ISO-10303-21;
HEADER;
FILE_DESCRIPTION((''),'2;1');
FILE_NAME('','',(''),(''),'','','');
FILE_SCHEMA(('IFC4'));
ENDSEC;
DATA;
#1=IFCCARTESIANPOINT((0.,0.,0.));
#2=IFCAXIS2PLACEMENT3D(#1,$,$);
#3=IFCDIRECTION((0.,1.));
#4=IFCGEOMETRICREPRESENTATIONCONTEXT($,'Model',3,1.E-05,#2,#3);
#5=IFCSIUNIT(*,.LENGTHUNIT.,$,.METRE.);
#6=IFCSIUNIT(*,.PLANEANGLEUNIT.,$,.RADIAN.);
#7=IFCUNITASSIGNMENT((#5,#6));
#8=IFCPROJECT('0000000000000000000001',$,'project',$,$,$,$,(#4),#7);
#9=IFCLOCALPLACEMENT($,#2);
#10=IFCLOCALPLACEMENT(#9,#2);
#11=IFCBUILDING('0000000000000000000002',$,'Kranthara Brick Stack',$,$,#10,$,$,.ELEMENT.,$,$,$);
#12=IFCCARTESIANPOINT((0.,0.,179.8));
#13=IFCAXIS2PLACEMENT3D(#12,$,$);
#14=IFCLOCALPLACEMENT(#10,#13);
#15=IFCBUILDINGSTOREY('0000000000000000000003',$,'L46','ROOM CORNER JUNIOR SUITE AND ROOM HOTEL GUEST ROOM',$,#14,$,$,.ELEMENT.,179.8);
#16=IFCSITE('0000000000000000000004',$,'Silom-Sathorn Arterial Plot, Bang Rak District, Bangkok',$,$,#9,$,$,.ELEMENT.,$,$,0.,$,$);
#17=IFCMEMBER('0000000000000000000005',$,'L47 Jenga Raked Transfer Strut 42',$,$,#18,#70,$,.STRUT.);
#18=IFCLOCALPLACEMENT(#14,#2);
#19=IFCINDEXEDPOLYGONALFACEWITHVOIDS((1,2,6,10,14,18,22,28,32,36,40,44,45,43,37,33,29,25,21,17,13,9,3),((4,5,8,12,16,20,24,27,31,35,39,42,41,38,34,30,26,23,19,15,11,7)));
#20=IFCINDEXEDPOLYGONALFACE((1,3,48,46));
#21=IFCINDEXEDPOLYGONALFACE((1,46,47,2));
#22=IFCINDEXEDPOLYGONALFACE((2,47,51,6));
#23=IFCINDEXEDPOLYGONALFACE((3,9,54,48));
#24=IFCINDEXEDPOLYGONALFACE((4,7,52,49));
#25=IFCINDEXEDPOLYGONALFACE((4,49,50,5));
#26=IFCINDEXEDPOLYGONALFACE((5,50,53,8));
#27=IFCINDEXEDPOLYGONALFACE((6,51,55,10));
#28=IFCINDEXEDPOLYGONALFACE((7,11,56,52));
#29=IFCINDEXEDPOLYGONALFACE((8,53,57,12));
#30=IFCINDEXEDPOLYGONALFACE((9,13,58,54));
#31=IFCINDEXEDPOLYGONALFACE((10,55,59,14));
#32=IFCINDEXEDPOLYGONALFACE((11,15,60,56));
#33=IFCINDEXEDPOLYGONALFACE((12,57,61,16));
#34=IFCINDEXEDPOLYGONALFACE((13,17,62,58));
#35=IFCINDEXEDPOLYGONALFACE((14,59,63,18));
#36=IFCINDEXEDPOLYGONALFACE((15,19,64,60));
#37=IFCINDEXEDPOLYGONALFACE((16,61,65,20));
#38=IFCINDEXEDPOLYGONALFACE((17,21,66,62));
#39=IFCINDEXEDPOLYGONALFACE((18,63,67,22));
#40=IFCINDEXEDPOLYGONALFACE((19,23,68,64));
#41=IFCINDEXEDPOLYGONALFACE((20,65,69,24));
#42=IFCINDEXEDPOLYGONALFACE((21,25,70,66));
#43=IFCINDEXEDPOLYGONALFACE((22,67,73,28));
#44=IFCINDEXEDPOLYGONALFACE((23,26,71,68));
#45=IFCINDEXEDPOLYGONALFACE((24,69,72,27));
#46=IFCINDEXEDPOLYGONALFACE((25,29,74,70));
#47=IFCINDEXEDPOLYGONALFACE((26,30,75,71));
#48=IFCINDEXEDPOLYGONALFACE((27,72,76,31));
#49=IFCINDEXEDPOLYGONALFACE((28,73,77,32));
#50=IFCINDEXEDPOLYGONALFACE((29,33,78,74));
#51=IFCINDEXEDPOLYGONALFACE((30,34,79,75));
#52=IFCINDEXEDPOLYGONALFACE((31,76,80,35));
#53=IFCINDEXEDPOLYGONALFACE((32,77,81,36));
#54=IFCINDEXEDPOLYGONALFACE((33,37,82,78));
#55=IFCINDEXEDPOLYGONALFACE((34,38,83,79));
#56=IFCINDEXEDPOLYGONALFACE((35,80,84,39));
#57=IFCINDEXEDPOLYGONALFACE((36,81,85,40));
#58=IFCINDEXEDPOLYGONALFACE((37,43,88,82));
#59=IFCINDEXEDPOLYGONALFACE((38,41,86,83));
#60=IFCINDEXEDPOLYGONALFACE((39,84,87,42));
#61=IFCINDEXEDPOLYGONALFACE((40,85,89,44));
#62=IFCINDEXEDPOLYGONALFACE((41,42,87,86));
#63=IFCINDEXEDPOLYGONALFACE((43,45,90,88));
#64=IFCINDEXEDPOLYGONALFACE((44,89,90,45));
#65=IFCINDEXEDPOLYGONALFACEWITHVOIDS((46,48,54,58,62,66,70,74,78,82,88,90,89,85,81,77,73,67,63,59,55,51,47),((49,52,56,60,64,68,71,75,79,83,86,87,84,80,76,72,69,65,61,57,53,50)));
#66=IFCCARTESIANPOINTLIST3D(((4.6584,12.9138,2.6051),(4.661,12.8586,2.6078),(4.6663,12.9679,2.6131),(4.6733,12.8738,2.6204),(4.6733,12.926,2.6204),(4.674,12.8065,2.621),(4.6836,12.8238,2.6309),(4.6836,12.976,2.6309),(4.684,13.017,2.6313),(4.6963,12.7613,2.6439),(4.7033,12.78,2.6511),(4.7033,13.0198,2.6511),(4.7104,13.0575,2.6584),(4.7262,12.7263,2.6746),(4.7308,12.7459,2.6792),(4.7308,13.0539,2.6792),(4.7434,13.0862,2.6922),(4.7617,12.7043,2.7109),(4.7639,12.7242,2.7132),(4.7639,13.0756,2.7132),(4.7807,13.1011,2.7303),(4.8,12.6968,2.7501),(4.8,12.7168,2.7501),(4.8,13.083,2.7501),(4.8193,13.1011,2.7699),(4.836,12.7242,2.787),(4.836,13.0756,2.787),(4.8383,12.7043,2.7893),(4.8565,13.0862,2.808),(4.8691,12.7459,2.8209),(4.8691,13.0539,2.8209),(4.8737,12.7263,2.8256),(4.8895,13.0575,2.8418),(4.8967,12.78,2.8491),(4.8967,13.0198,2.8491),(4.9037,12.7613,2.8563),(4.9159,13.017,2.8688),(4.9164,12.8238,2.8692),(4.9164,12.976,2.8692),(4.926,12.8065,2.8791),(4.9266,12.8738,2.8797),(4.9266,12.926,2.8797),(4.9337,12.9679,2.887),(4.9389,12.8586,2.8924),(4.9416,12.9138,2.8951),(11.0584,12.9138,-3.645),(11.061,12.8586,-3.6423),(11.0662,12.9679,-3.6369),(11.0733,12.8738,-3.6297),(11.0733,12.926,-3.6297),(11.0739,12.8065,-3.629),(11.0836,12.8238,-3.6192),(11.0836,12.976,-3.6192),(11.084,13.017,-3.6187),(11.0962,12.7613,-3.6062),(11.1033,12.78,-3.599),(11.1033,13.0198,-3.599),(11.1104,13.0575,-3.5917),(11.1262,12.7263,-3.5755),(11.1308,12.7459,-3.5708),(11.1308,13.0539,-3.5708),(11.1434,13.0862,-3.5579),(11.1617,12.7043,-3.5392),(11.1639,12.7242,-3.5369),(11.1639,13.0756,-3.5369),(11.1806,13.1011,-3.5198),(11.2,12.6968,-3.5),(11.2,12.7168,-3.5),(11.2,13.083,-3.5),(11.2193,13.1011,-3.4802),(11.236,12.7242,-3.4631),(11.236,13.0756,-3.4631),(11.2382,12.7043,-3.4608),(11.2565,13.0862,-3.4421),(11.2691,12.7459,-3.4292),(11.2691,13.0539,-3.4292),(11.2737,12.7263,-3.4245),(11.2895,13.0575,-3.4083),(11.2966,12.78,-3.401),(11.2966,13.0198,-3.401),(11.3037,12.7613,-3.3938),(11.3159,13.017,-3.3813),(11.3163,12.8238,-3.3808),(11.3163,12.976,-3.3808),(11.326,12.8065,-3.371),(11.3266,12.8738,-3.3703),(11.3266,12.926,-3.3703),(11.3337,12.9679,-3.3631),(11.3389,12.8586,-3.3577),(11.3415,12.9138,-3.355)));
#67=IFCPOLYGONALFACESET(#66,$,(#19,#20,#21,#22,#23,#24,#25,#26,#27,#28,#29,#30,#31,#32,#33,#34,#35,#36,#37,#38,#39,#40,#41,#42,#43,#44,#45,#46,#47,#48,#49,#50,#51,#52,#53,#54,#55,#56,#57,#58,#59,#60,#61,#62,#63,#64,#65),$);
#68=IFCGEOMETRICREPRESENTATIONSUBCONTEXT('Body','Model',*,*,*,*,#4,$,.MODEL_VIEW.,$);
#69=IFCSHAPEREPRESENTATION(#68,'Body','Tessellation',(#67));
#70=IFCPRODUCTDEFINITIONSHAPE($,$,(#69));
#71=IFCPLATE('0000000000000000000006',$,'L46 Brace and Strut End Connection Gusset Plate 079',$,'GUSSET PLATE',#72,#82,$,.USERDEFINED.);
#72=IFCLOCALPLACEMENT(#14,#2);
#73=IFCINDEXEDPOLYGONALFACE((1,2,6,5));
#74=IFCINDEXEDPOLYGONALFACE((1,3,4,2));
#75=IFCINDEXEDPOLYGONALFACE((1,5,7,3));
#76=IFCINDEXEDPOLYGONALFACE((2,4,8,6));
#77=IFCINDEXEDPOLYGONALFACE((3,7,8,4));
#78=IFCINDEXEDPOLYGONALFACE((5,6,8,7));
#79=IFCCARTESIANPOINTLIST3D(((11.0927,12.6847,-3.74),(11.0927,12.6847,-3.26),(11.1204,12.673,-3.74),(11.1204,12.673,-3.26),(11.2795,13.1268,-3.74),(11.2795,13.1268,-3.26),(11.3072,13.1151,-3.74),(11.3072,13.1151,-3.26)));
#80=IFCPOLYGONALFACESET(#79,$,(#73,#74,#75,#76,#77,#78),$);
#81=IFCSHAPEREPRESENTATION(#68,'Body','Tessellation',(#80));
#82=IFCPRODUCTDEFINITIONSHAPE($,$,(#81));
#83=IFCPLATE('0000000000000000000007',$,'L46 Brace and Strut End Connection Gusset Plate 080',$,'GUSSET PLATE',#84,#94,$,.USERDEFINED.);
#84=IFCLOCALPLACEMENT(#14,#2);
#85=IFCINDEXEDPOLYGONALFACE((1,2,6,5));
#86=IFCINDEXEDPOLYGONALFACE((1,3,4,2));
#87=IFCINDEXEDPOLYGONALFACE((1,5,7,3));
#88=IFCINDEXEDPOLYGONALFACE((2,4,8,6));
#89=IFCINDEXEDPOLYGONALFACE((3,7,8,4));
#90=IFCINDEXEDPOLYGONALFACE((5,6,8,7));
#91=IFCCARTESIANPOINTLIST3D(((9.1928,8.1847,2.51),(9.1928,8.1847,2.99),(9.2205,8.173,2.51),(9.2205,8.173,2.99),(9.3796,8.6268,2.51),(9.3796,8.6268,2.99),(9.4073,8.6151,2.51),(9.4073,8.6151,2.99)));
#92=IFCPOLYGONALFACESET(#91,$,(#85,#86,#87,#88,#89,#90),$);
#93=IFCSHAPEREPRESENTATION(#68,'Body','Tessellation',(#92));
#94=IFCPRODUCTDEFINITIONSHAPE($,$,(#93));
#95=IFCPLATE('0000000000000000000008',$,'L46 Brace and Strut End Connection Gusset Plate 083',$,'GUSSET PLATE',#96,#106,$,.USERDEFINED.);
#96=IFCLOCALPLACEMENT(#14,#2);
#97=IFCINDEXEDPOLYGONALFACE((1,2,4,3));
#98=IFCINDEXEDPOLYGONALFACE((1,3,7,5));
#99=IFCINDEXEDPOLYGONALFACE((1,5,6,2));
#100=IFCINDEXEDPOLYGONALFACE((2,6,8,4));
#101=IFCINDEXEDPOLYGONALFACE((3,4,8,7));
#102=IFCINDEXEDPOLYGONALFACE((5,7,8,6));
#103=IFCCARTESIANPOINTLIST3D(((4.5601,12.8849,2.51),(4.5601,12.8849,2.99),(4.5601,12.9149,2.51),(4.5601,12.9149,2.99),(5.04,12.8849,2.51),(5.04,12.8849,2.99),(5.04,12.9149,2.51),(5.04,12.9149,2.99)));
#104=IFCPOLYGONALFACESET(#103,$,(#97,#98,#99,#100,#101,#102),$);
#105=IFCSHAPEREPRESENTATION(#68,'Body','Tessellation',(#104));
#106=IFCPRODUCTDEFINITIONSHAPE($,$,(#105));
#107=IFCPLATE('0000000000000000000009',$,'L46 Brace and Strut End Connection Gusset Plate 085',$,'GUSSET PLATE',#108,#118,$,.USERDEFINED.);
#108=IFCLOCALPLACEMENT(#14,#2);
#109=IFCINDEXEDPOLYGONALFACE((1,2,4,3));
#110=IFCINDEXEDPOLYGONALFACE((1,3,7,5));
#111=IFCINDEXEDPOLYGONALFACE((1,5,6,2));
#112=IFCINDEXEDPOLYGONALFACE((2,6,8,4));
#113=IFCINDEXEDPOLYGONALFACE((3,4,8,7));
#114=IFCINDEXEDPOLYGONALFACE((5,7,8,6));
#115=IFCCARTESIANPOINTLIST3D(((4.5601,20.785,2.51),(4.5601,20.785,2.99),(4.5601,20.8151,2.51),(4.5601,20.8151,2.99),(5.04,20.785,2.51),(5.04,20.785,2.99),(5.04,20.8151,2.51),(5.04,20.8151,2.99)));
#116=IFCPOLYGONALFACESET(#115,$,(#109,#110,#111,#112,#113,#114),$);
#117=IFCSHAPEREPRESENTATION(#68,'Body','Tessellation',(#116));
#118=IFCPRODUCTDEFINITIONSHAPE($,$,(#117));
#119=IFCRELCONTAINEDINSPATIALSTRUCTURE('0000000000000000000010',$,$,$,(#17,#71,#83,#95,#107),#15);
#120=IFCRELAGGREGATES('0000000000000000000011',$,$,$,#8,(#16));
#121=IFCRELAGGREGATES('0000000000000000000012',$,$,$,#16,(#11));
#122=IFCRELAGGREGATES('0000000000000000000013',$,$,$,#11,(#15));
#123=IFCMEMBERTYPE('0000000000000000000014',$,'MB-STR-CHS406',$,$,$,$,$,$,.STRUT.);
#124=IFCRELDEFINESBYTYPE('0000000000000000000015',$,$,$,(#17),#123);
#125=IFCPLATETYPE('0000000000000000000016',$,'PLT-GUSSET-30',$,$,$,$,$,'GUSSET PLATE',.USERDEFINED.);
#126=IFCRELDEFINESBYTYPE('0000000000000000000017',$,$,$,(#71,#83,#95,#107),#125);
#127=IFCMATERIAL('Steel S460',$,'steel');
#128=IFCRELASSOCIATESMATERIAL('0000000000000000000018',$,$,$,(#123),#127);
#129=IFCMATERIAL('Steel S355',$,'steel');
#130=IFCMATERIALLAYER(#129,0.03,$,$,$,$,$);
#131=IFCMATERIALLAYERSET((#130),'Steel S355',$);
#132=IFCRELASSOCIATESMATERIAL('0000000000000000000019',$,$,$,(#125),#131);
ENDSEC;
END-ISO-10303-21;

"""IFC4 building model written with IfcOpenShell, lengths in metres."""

from ifc_helpers import new_model, si_unit, direction, frame, origin, origin_2d, place, context, subcontext, project, spatial, rectangle, hollow_circle, extrude, material, layer, layer_set, material_profile, profile_set, type_object, element, save


model = new_model("IFC4")

# Units and contexts
model_context = context("Model", 3, precision=1e-05, world=origin(), true_north=direction((0.0, 1.0)))
body_context = subcontext(model_context, "Body", "Model", "MODEL_VIEW")
ifc_project = project(units=[si_unit("LENGTHUNIT", "METRE"), si_unit("PLANEANGLEUNIT", "RADIAN")], contexts=[model_context])

# Site, building, storey
site_placement = place(None, origin())
site = spatial("IfcSite", under=ifc_project, at=site_placement, Name="Silom-Sathorn Arterial Plot, Bang Rak District, Bangkok", CompositionType="ELEMENT", RefElevation=0.0)
building_placement = place(site_placement, origin())
building = spatial("IfcBuilding", under=site, at=building_placement, Name="Kranthara Brick Stack", CompositionType="ELEMENT")
storey_placement = place(building_placement, frame((0.0, 0.0, 179.8)))
storey = spatial("IfcBuildingStorey", under=building, at=storey_placement, Name="L46", Description="ROOM CORNER JUNIOR SUITE AND ROOM HOTEL GUEST ROOM", CompositionType="ELEMENT", Elevation=179.8)

# Member
ifc_material_1 = material(Name="Steel S460", Category="steel")
ifc_material_profile_1 = material_profile(ifc_material_1, hollow_circle(Radius=0.2031, WallThickness=0.02, at=origin_2d()), Name="CHS 406.4x20")
ifc_profile_set_1 = profile_set([ifc_material_profile_1], Name="Steel S460")
member_type = type_object("IfcMemberType", Name="MB-STR-CHS406", PredefinedType="STRUT", material=ifc_profile_set_1)
member_1_placement = place(storey_placement, frame((11.2, 12.8999, -3.5), z_axis=(-0.715436, 0.0, 0.698678), x_axis=(0.0, -1.0, 0.0)))
element("IfcMember", 1, at=member_1_placement, inside=storey, type_object=member_type, Name="L47 Jenga Raked Transfer Strut 42", PredefinedType="STRUT", context=body_context, shape_type="SweptSolid", body=[
    extrude(hollow_circle(Radius=0.2031, WallThickness=0.02, at=origin_2d()), origin(), (0.0, 0.0, 1.0), 8.9456),
])

# Plates
ifc_material_2 = material(Name="Steel S355", Category="steel")
ifc_layer_1 = layer(ifc_material_2, 0.03)
ifc_layer_set_1 = layer_set([ifc_layer_1], Name="Steel S355")
plate_type = type_object("IfcPlateType", Name="PLT-GUSSET-30", ElementType="GUSSET PLATE", PredefinedType="USERDEFINED", material=ifc_layer_set_1)
for number, where, z_axis, x_axis, name in (
    (2, (11.2, 12.8999, -3.74), (0.0, 0.0, 1.0), (0.389124, 0.921185, 0.0), "L46 Brace and Strut End Connection Gusset Plate 079"),
    (3, (9.3, 8.3999, 2.51), (0.0, 0.0, 1.0), (0.389124, 0.921185, 0.0), "L46 Brace and Strut End Connection Gusset Plate 080"),
    (4, (4.8, 12.8999, 2.51), (0.0, 0.0, 1.0), (1.0, 0.0, 0.0), "L46 Brace and Strut End Connection Gusset Plate 083"),
    (5, (4.8, 20.8, 2.51), (0.0, 0.0, 1.0), (1.0, 0.0, 0.0), "L46 Brace and Strut End Connection Gusset Plate 085"),
):
    element("IfcPlate", number, at=place(storey_placement, frame(where, z_axis=z_axis, x_axis=x_axis)), inside=storey, type_object=plate_type, Name=name, ObjectType="GUSSET PLATE", PredefinedType="USERDEFINED", context=body_context, shape_type="SweptSolid", body=[
        extrude(rectangle(XDim=0.48, YDim=0.03, at=origin_2d()), origin(), (0.0, 0.0, 1.0), 0.48),
    ])

save(model, "model.ifc")
